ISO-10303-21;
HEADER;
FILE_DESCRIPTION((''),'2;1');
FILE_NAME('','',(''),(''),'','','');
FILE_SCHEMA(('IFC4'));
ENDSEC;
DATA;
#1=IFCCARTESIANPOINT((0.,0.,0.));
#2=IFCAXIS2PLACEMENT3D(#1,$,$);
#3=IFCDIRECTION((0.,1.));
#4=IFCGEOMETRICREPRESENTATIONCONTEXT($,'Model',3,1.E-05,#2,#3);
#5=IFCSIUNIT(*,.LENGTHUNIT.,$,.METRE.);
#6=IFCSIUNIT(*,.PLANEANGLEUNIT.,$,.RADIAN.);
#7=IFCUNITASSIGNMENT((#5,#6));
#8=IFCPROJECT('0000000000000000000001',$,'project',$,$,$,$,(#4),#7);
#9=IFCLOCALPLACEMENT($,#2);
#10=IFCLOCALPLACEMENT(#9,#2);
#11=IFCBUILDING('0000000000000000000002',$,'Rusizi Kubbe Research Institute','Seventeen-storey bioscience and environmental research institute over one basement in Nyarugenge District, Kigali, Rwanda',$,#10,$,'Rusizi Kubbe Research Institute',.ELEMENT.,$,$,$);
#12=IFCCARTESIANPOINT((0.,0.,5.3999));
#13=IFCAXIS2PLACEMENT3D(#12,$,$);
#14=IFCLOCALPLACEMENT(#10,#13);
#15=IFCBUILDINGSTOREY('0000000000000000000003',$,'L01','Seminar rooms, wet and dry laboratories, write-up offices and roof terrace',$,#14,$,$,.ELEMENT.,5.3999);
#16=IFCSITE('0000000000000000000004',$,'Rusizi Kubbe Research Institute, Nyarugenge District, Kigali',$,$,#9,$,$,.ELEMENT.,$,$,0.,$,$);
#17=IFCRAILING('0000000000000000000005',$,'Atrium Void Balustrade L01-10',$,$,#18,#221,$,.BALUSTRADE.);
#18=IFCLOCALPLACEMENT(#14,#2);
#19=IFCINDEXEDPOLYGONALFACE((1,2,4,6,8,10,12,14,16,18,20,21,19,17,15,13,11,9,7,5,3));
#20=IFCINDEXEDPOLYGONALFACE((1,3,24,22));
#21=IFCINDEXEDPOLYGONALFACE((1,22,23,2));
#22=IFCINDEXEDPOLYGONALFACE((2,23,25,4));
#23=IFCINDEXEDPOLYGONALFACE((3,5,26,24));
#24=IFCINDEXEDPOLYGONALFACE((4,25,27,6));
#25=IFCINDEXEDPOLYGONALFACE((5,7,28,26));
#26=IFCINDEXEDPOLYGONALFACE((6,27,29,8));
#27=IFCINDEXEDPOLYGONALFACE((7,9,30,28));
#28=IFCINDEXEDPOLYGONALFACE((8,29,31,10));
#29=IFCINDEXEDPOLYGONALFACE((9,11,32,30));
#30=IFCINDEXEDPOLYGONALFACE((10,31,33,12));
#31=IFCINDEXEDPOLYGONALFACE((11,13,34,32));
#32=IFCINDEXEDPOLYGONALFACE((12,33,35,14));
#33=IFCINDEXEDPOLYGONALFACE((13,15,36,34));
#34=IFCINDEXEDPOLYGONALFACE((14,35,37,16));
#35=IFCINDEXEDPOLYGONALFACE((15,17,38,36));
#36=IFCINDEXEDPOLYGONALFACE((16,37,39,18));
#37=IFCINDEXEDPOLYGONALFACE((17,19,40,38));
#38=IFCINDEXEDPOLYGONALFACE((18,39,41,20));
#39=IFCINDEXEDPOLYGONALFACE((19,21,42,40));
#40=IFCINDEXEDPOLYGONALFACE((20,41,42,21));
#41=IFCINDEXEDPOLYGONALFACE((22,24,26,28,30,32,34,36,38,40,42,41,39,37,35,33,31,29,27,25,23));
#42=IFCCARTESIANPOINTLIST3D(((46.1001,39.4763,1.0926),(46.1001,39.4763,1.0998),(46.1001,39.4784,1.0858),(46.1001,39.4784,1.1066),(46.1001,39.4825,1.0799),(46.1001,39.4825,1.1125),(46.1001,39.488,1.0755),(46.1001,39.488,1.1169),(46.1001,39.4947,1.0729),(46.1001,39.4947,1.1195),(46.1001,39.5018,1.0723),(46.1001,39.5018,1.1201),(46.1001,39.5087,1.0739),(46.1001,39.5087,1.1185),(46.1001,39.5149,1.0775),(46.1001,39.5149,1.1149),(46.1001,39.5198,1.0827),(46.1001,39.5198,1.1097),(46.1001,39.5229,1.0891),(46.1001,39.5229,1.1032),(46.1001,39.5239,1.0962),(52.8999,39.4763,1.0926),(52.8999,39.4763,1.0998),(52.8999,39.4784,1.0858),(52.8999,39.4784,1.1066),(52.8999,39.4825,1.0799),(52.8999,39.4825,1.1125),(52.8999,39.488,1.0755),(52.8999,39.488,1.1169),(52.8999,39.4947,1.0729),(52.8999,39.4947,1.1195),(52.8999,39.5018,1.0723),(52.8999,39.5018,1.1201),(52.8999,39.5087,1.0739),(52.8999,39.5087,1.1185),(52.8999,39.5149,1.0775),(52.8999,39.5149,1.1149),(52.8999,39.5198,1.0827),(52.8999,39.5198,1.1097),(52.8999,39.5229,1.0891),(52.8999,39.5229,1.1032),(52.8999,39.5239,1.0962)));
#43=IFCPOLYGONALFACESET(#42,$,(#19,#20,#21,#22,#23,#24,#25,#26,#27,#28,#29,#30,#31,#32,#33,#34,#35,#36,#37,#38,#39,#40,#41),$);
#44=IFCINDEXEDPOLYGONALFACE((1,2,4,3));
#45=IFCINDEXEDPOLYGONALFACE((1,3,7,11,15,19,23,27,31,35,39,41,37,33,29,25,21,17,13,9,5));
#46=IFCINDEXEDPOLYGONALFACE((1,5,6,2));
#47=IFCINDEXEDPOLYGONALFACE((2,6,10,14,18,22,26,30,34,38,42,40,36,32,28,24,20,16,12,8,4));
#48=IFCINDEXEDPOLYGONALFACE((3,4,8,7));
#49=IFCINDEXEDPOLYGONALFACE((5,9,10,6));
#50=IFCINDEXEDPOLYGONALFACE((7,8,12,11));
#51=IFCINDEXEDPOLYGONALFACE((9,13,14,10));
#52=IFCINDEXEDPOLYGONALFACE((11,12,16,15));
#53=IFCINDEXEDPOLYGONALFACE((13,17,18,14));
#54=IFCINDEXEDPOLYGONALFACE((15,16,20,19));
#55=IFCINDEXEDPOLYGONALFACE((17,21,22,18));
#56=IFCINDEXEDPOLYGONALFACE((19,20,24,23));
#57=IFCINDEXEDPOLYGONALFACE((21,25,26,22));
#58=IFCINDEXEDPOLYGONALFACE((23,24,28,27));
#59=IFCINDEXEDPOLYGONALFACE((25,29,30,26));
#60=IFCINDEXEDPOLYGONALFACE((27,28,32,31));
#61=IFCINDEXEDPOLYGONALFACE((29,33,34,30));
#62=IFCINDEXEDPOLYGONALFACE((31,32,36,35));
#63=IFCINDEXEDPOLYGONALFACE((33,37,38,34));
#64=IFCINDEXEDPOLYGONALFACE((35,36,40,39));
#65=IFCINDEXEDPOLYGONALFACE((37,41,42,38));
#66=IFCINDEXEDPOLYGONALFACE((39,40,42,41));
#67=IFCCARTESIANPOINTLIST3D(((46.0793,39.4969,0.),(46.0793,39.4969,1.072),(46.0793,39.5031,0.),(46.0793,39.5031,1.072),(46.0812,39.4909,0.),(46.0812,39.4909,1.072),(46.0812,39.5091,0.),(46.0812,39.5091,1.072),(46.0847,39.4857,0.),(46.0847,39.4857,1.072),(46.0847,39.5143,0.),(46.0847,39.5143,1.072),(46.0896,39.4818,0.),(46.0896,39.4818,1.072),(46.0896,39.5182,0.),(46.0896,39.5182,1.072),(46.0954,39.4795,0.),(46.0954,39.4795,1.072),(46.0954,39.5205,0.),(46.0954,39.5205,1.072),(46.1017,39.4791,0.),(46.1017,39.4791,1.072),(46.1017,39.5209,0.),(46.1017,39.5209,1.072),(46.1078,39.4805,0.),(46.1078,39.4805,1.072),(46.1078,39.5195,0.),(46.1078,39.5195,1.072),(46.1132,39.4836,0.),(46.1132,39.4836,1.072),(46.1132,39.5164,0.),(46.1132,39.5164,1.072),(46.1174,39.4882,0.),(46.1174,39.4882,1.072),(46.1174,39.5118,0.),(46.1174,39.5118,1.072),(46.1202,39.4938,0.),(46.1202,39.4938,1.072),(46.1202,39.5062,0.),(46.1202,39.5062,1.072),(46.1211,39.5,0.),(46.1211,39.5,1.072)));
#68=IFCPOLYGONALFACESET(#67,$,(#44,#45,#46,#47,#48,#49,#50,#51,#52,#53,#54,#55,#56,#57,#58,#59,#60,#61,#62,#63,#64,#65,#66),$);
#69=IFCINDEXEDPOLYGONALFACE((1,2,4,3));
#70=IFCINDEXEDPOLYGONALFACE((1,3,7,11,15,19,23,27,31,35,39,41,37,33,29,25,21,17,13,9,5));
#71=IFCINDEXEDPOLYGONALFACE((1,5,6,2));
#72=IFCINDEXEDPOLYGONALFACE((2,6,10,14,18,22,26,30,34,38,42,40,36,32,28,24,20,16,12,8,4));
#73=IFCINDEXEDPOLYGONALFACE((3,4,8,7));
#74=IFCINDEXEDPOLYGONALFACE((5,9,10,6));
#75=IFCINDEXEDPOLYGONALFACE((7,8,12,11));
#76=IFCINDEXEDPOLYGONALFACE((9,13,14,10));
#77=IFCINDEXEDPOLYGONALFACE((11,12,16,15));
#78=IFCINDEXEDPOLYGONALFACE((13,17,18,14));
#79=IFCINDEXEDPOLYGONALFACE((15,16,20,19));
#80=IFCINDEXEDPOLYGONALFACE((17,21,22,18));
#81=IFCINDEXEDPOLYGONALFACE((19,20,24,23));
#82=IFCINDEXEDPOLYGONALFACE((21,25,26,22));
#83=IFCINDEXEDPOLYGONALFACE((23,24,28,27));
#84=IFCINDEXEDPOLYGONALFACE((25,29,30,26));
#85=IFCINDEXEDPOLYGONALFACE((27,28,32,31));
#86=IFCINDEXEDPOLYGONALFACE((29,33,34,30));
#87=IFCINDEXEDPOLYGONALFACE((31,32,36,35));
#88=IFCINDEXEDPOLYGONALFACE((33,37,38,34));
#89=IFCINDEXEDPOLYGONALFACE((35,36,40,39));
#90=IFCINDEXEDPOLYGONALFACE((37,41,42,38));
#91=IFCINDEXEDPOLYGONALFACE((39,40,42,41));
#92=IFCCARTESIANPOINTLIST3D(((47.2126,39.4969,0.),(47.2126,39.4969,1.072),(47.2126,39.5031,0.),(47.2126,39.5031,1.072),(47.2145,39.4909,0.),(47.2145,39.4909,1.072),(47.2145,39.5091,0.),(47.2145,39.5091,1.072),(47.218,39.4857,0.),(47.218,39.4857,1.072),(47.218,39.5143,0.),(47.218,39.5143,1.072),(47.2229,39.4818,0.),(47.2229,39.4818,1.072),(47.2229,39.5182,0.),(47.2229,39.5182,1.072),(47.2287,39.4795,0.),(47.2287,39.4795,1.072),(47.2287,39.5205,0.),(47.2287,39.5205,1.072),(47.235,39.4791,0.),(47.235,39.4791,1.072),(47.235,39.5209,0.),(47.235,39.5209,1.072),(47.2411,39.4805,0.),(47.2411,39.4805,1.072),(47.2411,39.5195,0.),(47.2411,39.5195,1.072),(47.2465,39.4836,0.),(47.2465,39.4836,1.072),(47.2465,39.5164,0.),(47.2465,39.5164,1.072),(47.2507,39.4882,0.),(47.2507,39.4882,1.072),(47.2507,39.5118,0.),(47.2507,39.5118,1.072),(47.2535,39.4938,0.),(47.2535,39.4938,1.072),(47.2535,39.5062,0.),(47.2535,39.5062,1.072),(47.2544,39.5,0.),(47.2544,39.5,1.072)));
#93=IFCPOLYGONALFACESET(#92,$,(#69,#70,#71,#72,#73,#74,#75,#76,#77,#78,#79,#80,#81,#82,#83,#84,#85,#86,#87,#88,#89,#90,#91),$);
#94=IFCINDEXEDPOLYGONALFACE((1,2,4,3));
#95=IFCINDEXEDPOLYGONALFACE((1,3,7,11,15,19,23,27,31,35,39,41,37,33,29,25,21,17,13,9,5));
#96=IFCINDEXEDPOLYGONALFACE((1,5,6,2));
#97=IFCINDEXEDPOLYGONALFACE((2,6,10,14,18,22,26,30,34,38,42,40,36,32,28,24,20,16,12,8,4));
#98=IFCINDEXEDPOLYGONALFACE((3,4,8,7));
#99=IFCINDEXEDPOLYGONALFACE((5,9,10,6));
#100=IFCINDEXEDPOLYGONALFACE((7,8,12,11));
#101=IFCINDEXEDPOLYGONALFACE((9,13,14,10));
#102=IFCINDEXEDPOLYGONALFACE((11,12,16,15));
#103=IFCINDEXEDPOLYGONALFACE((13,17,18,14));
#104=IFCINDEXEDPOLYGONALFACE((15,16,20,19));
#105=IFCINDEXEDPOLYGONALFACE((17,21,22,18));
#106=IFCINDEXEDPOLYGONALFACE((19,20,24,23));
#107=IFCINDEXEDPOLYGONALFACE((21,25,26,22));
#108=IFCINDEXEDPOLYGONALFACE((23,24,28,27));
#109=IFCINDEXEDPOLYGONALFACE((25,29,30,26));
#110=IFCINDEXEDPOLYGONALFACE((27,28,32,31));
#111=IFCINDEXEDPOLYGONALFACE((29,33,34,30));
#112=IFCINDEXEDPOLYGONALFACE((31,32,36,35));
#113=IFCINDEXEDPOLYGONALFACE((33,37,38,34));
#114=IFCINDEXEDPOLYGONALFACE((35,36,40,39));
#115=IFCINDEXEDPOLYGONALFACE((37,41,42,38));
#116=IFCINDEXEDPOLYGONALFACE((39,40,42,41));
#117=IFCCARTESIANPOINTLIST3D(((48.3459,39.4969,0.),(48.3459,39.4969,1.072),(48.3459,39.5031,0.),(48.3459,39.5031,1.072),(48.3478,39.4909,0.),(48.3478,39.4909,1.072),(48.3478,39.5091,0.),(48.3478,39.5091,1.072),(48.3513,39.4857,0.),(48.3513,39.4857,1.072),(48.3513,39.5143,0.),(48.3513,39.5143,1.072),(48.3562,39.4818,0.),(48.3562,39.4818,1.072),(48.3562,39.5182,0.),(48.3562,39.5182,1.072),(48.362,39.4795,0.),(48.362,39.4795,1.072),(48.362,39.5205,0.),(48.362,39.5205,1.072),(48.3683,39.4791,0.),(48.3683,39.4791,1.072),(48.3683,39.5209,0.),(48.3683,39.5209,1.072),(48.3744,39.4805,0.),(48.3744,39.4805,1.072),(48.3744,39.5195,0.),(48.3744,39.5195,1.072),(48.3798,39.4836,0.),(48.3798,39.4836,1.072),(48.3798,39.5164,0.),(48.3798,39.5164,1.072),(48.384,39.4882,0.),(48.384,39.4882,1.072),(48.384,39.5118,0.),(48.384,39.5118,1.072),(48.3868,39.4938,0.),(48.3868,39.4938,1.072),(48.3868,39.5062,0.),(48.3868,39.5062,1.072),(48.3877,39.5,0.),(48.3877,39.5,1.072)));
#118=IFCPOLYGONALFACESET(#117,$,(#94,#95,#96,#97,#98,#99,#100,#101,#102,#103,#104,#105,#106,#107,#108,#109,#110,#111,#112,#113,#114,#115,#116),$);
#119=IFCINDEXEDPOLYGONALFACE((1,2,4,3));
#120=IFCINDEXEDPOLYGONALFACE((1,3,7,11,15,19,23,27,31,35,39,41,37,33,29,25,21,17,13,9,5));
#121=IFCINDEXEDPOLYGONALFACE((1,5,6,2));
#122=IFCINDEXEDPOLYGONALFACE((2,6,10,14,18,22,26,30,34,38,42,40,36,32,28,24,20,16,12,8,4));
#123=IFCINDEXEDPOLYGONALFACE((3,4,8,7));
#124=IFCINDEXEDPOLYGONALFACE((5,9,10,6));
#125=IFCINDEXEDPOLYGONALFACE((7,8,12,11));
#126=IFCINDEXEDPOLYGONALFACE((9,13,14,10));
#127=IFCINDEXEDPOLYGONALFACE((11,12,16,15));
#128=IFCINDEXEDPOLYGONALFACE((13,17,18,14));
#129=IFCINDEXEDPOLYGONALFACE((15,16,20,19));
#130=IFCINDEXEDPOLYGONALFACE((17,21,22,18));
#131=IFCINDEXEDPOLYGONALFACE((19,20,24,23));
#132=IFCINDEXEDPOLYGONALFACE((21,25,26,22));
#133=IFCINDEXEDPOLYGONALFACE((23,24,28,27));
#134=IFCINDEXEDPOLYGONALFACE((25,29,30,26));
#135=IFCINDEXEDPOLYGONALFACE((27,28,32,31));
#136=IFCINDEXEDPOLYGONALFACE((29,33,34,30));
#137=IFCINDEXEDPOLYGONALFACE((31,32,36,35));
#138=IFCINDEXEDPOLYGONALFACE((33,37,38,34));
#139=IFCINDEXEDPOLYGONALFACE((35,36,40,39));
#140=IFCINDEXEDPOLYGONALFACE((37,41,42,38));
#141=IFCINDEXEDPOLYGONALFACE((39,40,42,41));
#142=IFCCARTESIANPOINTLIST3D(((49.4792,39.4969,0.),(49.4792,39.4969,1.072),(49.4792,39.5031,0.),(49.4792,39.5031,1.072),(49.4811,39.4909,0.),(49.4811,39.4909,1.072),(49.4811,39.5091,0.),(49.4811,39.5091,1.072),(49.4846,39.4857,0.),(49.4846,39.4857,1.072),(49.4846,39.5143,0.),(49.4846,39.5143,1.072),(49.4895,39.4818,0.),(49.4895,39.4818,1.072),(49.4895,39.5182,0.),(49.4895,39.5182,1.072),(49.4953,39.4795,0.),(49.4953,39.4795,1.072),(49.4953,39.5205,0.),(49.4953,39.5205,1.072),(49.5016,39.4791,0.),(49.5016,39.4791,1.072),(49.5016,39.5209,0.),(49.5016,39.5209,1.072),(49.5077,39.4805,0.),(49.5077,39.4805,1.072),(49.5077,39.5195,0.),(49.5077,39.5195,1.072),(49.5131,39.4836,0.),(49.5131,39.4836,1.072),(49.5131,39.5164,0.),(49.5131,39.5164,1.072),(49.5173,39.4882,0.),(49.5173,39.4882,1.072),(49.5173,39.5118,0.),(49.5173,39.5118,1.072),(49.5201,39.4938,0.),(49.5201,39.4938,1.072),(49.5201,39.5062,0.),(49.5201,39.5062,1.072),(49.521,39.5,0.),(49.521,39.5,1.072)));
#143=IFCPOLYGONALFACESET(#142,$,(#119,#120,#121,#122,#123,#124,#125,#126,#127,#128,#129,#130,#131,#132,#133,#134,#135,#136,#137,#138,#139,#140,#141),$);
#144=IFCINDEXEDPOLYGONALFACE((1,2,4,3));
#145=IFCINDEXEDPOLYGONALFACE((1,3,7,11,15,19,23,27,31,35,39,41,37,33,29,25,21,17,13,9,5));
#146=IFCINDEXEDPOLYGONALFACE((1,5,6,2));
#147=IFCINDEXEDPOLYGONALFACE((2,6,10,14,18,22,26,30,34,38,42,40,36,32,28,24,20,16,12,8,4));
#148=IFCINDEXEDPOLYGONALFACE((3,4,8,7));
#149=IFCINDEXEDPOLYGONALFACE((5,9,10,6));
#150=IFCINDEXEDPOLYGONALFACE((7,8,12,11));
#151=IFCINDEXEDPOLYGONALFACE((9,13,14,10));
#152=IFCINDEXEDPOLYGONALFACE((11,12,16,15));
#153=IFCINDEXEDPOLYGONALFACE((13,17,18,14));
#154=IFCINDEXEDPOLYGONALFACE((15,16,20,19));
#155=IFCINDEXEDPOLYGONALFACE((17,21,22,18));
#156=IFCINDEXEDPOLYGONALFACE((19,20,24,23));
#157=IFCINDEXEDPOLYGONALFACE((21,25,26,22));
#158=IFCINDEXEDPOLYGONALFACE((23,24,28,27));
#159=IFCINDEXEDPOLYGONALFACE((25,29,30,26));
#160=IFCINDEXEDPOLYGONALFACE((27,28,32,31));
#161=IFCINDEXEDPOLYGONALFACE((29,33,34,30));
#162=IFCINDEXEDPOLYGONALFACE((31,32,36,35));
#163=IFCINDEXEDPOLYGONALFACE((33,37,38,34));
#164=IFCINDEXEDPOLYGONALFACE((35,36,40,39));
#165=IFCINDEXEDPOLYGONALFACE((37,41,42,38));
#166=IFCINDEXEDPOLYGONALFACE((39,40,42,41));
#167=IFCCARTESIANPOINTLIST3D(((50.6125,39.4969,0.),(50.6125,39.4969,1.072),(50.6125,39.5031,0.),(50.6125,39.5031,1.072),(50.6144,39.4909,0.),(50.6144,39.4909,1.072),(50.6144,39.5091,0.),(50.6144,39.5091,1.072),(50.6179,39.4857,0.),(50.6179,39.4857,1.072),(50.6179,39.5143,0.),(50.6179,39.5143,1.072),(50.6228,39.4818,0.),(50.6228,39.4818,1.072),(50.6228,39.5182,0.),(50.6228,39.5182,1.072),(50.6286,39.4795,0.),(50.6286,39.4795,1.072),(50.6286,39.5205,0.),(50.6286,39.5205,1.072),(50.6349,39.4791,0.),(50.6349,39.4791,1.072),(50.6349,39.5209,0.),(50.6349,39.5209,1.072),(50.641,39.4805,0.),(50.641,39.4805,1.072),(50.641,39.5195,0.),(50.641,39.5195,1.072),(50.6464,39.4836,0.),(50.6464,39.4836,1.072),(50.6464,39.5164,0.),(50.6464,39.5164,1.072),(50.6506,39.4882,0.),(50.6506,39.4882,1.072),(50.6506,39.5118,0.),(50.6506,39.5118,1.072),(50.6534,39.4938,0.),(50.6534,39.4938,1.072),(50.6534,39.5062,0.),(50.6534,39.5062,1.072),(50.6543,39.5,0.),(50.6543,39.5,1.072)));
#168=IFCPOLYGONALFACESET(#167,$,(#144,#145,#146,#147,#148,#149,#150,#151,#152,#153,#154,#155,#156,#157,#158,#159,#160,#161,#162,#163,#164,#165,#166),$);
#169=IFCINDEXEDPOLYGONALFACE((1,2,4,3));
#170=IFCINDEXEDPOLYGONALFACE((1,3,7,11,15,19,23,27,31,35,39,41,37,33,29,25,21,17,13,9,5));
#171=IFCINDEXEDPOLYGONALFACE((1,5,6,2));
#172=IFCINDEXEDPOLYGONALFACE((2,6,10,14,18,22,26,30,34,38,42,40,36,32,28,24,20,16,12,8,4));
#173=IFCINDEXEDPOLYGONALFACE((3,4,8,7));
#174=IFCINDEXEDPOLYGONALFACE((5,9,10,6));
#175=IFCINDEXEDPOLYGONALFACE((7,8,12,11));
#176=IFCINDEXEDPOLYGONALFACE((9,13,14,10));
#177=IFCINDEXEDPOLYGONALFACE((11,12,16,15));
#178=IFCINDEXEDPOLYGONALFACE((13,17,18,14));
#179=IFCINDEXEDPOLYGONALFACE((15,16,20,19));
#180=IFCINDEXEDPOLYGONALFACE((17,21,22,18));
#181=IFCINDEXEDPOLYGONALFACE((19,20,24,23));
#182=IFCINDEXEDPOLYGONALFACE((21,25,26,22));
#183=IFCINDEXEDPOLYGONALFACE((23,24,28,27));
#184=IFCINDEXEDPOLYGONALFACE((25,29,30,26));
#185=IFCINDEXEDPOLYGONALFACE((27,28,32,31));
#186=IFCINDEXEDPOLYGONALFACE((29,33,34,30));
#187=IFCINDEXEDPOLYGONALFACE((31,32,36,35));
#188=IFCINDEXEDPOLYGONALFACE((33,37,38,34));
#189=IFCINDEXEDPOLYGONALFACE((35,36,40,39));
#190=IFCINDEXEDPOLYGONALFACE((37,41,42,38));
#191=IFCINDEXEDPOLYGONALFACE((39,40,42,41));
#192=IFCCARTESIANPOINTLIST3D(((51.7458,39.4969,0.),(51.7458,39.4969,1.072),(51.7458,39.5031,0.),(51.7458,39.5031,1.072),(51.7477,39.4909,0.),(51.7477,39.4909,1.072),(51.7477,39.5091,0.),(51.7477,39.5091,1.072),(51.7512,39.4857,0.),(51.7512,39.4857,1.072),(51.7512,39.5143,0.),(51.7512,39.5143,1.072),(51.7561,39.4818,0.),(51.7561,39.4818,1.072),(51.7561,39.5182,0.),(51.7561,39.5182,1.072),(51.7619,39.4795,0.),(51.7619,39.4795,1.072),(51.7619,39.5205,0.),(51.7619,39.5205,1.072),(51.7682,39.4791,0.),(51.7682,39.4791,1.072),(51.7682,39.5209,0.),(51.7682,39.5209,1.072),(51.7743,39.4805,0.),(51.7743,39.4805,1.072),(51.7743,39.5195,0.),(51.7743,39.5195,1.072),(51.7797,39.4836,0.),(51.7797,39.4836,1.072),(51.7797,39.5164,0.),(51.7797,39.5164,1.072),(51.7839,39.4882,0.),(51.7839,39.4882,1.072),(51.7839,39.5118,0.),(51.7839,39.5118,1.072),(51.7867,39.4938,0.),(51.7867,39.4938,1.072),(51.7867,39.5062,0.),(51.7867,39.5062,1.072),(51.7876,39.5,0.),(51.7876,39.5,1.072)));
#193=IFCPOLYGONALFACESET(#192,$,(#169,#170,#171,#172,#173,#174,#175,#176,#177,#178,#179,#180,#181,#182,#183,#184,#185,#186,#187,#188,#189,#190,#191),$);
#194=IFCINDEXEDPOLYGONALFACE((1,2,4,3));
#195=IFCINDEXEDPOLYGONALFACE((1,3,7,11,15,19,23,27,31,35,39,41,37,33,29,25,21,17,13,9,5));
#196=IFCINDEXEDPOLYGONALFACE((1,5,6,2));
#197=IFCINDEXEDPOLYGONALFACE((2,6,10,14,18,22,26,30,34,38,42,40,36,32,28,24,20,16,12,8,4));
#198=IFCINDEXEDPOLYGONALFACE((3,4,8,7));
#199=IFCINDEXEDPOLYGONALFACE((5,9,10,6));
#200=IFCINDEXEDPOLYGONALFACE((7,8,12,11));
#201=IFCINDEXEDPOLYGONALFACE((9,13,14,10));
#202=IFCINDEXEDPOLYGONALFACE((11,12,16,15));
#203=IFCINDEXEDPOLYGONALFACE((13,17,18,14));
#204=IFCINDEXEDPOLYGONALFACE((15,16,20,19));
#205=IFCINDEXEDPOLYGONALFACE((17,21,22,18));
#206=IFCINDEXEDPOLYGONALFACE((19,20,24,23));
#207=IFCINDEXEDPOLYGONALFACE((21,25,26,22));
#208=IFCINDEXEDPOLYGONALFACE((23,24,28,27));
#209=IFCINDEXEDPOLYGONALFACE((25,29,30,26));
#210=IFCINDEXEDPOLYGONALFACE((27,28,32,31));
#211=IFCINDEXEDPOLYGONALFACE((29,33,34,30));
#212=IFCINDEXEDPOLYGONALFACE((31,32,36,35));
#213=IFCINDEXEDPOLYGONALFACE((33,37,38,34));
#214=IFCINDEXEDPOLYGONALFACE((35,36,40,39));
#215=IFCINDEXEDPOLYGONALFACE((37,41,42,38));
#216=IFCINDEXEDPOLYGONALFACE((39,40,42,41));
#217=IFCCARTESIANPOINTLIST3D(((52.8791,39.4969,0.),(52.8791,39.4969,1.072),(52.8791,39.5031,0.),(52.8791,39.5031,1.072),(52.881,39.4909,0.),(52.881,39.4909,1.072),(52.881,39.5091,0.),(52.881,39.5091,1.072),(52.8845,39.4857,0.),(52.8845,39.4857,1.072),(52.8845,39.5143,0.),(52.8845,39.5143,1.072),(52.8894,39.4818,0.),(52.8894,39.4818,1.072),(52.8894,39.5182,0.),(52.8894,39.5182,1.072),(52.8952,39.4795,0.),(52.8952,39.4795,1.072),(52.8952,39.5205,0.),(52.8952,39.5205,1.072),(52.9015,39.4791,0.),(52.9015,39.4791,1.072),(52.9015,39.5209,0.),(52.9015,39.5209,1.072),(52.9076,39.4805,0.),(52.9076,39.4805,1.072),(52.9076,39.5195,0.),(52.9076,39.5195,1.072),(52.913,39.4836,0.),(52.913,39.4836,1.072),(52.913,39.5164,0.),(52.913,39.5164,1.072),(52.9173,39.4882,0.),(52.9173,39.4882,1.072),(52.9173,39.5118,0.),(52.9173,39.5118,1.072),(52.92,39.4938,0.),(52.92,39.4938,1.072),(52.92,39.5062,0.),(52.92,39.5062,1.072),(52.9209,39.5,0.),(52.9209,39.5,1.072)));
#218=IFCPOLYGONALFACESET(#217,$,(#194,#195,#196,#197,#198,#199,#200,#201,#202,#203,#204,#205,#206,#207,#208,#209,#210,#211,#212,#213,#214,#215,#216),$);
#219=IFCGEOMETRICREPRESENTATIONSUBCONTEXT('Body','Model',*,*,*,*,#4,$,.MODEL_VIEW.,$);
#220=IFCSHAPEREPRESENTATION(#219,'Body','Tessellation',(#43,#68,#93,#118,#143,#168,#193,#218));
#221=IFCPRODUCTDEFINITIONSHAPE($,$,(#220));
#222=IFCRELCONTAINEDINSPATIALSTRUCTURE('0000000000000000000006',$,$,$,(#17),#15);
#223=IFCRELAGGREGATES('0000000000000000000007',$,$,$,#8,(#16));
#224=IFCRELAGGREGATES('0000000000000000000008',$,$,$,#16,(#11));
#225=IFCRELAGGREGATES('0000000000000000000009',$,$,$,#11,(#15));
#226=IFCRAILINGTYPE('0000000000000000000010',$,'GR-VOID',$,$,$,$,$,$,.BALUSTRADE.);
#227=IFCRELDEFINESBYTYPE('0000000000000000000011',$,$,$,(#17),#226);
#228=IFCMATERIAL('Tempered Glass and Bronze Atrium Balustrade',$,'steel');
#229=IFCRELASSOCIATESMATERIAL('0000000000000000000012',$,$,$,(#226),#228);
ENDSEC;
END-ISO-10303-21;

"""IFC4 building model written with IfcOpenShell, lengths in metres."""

from ifc_helpers import new_model, si_unit, direction, frame, origin, origin_2d, place, context, subcontext, project, spatial, circle, extrude, material, type_object, element, save


model = new_model("IFC4")

# Units and contexts
model_context = context("Model", 3, precision=1e-05, world=origin(), true_north=direction((0.0, 1.0)))
body_context = subcontext(model_context, "Body", "Model", "MODEL_VIEW")
ifc_project = project(units=[si_unit("LENGTHUNIT", "METRE"), si_unit("PLANEANGLEUNIT", "RADIAN")], contexts=[model_context])

# Site, building, storey
site_placement = place(None, origin())
site = spatial("IfcSite", under=ifc_project, at=site_placement, Name="Rusizi Kubbe Research Institute, Nyarugenge District, Kigali", CompositionType="ELEMENT", RefElevation=0.0)
building_placement = place(site_placement, origin())
building = spatial("IfcBuilding", under=site, at=building_placement, Name="Rusizi Kubbe Research Institute", Description="Seventeen-storey bioscience and environmental research institute over one basement in Nyarugenge District, Kigali, Rwanda", LongName="Rusizi Kubbe Research Institute", CompositionType="ELEMENT")
storey_placement = place(building_placement, frame((0.0, 0.0, 5.3999)))
storey = spatial("IfcBuildingStorey", under=building, at=storey_placement, Name="L01", Description="Seminar rooms, wet and dry laboratories, write-up offices and roof terrace", CompositionType="ELEMENT", Elevation=5.3999)

# Railing
ifc_material_1 = material(Name="Tempered Glass and Bronze Atrium Balustrade", Category="steel")
railing_type = type_object("IfcRailingType", Name="GR-VOID", PredefinedType="BALUSTRADE", material=ifc_material_1)
railing_placement = place(storey_placement, frame((46.1001, 39.5, 0.0)))
element("IfcRailing", 1, at=railing_placement, inside=storey, type_object=railing_type, Name="Atrium Void Balustrade L01-10", PredefinedType="BALUSTRADE", context=body_context, shape_type="SweptSolid", body=[
    extrude(circle(Radius=0.0239, at=origin_2d()), frame((0.0, 0.0, 1.0962), z_axis=(1.0, 0.0, 0.0), x_axis=(0.0, 1.0, 0.0)), (0.0, 0.0, 1.0), 6.7998),
    extrude(circle(Radius=0.021, at=origin_2d()), origin(), (0.0, 0.0, 1.0), 1.072),
    extrude(circle(Radius=0.021, at=origin_2d()), frame((1.1333, 0.0, 0.0)), (0.0, 0.0, 1.0), 1.072),
    extrude(circle(Radius=0.021, at=origin_2d()), frame((2.2666, 0.0, 0.0)), (0.0, 0.0, 1.0), 1.072),
    extrude(circle(Radius=0.021, at=origin_2d()), frame((3.3999, 0.0, 0.0)), (0.0, 0.0, 1.0), 1.072),
    extrude(circle(Radius=0.021, at=origin_2d()), frame((4.5332, 0.0, 0.0)), (0.0, 0.0, 1.0), 1.072),
    extrude(circle(Radius=0.021, at=origin_2d()), frame((5.6665, 0.0, 0.0)), (0.0, 0.0, 1.0), 1.072),
    extrude(circle(Radius=0.021, at=origin_2d()), frame((6.7998, 0.0, 0.0)), (0.0, 0.0, 1.0), 1.072),
])

save(model, "model.ifc")
